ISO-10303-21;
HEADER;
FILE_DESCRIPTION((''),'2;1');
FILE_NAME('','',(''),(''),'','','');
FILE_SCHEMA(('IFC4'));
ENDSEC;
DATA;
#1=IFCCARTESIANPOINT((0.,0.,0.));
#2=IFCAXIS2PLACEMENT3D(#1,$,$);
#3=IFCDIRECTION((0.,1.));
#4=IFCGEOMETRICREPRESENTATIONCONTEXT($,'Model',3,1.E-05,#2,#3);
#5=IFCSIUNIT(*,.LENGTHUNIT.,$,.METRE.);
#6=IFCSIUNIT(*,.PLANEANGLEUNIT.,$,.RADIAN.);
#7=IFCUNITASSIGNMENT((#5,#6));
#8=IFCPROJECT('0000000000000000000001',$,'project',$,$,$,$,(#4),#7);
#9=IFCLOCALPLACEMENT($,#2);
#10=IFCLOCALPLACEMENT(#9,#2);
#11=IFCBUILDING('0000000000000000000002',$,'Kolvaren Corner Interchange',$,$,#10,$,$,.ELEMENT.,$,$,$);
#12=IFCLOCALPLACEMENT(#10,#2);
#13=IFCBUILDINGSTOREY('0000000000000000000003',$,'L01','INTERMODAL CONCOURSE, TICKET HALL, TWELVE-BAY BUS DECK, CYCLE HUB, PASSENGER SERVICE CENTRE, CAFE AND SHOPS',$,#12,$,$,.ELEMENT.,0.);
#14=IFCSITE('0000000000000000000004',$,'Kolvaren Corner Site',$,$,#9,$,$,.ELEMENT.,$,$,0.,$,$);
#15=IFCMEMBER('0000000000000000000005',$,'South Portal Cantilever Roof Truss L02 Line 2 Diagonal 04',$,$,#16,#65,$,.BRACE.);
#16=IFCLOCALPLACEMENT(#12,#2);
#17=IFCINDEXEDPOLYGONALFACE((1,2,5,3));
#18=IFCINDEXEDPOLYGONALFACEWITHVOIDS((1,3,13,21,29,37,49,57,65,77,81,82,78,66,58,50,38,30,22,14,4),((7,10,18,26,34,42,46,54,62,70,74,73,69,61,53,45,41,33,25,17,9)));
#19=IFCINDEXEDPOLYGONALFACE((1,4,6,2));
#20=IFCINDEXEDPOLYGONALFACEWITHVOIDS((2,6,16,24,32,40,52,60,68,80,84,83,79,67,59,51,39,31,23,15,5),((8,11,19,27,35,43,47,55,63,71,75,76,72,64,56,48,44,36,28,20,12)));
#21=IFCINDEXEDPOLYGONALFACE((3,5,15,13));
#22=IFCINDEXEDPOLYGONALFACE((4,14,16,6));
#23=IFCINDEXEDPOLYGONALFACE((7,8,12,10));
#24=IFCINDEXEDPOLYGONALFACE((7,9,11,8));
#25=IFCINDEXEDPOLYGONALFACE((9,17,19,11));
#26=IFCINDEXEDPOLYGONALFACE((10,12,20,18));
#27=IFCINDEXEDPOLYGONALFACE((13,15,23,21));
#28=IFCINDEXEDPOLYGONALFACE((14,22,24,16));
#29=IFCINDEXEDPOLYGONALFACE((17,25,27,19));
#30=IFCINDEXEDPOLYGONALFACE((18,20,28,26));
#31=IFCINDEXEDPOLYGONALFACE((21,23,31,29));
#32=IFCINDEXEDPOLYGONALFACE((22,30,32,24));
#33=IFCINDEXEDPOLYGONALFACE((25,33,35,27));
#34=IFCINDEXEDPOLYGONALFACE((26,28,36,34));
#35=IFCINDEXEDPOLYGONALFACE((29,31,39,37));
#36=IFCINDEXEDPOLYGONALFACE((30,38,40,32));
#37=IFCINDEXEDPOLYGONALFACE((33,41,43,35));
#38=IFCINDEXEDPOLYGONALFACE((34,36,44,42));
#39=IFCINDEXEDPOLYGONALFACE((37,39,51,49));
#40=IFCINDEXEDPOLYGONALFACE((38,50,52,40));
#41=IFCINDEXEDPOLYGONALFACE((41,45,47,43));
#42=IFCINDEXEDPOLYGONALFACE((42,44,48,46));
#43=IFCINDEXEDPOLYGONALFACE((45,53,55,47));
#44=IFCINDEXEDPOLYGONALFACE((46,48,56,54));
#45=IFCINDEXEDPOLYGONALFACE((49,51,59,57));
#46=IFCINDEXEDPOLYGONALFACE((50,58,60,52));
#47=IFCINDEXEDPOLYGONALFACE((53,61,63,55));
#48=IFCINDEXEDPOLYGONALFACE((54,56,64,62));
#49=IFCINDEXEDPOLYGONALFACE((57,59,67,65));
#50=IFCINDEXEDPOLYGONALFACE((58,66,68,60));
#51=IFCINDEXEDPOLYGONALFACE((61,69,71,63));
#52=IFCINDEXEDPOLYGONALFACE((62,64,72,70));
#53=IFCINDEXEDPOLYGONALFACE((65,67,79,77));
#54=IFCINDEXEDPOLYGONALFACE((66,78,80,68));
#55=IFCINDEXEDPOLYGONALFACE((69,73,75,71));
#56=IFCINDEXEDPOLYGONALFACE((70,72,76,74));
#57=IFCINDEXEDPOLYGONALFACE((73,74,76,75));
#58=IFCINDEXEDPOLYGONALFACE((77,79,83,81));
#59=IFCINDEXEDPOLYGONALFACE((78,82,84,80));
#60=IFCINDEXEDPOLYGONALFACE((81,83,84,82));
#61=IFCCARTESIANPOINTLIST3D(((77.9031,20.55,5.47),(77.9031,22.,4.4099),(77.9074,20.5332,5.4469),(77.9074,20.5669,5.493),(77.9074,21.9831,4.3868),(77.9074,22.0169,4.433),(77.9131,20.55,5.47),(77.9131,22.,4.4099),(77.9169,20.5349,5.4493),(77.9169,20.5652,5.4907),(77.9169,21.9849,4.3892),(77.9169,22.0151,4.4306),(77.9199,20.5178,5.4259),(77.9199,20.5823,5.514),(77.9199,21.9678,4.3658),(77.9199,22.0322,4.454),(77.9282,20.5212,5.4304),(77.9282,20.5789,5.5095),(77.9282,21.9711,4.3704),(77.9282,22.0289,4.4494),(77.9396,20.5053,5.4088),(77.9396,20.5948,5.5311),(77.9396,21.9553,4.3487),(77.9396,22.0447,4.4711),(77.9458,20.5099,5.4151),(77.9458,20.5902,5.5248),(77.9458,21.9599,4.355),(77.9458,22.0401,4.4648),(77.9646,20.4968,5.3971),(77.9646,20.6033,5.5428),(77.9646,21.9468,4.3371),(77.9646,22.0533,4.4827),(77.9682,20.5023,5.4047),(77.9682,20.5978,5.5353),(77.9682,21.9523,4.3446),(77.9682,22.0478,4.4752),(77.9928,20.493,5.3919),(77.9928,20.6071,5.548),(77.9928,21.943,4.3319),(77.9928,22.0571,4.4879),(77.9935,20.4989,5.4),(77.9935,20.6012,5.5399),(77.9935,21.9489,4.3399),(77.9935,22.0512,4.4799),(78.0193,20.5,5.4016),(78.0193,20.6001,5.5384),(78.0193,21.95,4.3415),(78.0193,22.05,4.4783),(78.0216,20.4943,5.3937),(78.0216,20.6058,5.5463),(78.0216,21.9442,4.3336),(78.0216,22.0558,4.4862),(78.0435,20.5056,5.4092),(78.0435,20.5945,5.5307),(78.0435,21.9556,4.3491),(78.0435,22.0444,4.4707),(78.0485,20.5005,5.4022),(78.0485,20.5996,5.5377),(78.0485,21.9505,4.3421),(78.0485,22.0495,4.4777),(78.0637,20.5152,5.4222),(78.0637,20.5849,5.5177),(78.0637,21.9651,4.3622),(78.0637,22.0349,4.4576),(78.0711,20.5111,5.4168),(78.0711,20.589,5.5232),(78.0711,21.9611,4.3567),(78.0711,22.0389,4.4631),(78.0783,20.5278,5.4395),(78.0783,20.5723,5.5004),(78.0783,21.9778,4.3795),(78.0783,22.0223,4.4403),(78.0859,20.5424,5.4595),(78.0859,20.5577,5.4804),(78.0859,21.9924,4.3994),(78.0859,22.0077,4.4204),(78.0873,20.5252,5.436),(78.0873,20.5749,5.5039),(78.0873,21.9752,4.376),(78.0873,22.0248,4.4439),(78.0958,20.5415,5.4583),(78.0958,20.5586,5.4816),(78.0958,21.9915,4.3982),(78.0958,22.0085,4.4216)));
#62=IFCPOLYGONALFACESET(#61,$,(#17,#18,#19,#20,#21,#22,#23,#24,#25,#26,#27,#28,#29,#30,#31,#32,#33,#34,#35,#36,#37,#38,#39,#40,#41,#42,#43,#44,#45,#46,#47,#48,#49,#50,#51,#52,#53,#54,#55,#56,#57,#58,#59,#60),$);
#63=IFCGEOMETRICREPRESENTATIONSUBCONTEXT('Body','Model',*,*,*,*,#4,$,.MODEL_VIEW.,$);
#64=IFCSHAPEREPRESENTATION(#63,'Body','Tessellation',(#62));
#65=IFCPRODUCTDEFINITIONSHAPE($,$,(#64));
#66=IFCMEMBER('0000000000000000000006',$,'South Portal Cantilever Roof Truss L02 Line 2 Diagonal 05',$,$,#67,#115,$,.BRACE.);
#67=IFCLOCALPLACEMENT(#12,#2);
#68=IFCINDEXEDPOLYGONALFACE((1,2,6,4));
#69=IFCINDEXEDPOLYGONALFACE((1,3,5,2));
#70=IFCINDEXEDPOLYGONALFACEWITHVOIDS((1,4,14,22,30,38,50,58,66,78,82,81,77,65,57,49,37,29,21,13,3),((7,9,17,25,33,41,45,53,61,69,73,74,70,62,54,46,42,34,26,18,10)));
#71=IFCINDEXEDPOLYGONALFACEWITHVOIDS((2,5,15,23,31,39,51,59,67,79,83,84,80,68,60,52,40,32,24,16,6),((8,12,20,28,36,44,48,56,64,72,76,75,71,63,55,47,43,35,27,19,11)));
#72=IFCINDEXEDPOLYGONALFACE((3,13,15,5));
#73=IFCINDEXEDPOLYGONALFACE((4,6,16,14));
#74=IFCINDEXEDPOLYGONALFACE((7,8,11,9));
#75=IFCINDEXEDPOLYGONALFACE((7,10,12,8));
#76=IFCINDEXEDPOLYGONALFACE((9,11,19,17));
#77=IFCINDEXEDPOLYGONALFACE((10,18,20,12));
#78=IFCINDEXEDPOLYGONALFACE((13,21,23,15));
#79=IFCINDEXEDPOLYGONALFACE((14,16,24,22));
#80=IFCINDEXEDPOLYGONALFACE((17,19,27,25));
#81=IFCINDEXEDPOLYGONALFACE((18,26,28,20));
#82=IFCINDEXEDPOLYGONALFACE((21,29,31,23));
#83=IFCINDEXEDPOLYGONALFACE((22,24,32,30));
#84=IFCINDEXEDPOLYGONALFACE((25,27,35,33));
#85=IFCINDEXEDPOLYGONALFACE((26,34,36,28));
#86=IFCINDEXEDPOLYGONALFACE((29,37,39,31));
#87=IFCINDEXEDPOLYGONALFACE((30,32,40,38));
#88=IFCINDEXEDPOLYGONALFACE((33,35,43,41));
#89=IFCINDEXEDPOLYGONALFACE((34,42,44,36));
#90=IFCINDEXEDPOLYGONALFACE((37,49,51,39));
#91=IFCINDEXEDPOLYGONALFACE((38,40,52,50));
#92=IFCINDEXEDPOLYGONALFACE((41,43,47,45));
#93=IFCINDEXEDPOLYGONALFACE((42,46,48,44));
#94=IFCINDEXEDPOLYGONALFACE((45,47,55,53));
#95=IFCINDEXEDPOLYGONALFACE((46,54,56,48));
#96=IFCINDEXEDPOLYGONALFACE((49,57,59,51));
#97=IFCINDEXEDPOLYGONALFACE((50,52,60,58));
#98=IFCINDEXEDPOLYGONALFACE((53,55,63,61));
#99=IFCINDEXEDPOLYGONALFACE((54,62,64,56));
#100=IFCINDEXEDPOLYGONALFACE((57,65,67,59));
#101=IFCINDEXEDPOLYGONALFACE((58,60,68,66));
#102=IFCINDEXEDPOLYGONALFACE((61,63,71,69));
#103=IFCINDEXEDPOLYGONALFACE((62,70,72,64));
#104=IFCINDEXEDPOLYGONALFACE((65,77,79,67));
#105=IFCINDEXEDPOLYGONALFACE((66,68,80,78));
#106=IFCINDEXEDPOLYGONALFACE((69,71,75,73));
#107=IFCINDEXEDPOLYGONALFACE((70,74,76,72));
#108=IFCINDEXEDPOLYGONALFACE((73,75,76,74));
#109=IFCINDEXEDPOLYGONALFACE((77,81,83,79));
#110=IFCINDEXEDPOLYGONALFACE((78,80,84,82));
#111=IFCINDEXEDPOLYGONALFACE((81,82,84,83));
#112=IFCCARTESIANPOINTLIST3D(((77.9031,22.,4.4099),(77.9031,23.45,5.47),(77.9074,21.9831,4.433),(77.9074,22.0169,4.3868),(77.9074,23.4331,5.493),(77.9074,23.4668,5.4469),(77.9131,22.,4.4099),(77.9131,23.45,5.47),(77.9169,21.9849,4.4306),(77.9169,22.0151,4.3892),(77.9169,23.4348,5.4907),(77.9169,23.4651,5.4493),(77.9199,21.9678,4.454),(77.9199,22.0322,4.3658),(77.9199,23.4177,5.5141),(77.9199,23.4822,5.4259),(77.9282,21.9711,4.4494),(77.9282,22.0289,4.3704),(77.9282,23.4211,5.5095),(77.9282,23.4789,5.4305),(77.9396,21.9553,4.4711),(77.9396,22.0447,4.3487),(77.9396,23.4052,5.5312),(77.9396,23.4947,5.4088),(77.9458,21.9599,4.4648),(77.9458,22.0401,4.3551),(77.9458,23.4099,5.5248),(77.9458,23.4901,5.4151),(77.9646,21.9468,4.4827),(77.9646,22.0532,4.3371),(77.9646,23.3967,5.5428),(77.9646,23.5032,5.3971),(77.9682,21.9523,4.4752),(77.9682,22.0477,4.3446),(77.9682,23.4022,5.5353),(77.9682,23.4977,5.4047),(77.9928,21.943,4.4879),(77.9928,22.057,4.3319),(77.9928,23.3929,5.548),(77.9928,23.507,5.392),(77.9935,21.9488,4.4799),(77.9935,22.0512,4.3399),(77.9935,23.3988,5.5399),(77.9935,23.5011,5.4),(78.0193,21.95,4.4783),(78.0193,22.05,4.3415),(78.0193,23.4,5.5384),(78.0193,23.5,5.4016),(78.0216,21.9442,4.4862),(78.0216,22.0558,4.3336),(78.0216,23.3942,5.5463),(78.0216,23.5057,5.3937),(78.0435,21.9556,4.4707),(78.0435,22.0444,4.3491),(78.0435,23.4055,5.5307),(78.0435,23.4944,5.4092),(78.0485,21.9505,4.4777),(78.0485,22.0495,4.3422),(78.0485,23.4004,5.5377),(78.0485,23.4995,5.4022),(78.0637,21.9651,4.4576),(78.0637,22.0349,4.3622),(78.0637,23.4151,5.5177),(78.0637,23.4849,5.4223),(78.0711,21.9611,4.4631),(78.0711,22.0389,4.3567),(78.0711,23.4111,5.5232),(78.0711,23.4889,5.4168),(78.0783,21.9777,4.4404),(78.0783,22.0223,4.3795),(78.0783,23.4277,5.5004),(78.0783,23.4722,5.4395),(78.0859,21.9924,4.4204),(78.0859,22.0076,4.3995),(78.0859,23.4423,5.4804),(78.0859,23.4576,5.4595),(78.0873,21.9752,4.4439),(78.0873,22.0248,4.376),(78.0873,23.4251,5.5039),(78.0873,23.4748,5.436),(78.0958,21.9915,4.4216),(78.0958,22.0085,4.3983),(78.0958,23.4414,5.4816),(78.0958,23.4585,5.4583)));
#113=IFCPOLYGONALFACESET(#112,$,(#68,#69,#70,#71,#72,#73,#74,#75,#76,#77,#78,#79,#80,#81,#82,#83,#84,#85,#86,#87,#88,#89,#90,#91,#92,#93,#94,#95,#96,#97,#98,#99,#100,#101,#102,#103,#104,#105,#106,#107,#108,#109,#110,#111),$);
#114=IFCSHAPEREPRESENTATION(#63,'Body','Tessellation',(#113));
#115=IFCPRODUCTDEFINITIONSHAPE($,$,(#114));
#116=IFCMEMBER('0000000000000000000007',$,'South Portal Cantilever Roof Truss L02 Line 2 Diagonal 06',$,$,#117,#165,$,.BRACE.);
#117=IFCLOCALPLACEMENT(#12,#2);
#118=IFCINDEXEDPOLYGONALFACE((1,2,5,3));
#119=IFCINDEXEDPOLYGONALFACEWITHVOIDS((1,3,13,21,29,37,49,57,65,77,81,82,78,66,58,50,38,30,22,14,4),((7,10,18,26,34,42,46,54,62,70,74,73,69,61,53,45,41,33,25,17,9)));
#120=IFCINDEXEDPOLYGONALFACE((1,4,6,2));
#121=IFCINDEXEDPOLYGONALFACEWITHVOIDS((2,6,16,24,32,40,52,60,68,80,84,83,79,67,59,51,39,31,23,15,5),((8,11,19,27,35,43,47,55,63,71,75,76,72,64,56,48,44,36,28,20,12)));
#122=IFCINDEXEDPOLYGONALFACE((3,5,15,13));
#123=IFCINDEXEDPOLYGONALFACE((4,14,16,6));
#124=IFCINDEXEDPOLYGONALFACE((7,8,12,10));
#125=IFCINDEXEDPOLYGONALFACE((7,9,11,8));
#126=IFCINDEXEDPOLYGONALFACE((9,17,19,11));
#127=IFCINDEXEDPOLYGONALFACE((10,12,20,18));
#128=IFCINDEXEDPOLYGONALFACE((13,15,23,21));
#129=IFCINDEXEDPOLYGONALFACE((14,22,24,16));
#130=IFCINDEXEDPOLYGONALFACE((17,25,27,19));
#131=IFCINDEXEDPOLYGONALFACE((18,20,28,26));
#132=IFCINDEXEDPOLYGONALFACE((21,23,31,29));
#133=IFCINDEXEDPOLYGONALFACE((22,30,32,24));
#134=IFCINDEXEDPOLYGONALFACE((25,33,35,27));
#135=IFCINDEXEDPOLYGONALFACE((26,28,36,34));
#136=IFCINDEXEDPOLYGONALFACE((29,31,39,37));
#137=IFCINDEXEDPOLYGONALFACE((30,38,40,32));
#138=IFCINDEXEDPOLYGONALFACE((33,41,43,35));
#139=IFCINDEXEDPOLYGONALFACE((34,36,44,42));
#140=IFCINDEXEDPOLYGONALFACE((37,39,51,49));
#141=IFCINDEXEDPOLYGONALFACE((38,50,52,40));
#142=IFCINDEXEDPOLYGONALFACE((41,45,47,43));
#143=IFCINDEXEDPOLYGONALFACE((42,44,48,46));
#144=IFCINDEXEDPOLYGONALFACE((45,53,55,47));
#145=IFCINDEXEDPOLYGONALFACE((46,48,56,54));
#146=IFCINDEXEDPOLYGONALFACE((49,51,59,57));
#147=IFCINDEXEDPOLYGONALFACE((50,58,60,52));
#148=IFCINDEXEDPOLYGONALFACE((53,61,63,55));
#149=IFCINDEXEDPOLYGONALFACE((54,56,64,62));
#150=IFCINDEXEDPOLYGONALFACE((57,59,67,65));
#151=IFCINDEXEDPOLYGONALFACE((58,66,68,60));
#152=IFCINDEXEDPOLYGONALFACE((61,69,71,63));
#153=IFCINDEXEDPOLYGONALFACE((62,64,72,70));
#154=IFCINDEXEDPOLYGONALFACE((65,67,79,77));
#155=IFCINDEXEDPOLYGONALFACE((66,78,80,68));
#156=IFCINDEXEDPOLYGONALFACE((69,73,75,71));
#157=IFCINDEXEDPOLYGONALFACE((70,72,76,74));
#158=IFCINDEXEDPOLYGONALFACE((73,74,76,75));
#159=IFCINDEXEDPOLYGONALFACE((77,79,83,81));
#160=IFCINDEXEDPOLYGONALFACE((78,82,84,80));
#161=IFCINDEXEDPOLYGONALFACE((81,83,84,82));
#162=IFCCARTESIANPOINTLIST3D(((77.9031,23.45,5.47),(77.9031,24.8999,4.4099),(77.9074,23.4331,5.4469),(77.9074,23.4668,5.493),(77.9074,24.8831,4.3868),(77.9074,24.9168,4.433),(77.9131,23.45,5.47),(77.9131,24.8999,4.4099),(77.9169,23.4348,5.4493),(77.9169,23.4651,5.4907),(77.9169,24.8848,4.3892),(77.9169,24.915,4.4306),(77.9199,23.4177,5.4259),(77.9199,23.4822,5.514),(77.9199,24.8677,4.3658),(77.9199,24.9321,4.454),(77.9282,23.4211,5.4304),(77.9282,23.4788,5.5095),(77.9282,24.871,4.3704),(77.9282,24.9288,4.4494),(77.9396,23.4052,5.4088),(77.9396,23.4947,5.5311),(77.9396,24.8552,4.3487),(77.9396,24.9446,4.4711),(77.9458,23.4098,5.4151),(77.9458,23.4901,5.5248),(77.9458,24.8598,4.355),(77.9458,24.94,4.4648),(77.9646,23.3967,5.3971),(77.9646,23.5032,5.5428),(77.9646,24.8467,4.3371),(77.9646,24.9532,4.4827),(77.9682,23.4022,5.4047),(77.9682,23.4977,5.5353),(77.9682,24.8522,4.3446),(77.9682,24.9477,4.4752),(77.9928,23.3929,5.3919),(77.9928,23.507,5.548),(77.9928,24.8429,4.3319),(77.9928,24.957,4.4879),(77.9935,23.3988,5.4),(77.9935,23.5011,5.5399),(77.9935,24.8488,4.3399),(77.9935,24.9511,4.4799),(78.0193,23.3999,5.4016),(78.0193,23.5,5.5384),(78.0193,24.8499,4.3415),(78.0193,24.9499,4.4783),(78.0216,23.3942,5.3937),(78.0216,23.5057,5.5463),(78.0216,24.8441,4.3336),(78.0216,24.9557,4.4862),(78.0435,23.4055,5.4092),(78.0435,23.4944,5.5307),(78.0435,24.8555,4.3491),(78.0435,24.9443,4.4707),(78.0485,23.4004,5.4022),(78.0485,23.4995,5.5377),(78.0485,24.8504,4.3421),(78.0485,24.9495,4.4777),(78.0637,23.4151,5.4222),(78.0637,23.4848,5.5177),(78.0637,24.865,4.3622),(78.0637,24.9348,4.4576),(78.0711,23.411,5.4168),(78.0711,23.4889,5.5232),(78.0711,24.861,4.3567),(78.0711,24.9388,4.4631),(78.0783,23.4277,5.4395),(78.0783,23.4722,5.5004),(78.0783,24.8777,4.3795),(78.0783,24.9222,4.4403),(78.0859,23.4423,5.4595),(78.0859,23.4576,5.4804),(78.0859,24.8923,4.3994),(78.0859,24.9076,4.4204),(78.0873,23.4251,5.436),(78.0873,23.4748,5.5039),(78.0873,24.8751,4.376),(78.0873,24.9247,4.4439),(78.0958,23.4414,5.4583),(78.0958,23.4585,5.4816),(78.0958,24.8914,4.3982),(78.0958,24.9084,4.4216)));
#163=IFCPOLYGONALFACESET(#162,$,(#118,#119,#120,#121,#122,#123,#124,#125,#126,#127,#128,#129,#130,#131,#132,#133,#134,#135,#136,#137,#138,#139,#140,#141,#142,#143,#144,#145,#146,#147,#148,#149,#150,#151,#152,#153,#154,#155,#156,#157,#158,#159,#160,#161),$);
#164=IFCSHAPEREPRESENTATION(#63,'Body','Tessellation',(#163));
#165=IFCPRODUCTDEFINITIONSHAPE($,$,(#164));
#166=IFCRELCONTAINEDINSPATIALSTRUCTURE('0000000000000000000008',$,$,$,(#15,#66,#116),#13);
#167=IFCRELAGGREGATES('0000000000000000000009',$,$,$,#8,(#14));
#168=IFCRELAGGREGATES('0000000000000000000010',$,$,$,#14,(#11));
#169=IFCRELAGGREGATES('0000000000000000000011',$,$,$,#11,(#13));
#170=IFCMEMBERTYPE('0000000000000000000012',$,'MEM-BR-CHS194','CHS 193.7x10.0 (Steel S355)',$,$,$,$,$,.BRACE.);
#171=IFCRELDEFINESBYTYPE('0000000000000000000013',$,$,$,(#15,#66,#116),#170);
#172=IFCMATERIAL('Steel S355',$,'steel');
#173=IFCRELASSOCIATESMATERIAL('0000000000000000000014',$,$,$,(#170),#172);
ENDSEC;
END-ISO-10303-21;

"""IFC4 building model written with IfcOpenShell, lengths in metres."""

from ifc_helpers import new_model, si_unit, direction, frame, origin, origin_2d, place, context, subcontext, project, spatial, hollow_circle, extrude, material, material_profile, profile_set, type_object, element, save


model = new_model("IFC4")

# Units and contexts
model_context = context("Model", 3, precision=1e-05, world=origin(), true_north=direction((0.0, 1.0)))
body_context = subcontext(model_context, "Body", "Model", "MODEL_VIEW")
ifc_project = project(units=[si_unit("LENGTHUNIT", "METRE"), si_unit("PLANEANGLEUNIT", "RADIAN")], contexts=[model_context])

# Site, building, storey
site_placement = place(None, origin())
site = spatial("IfcSite", under=ifc_project, at=site_placement, Name="Kolvaren Corner Site", CompositionType="ELEMENT", RefElevation=0.0)
building_placement = place(site_placement, origin())
building = spatial("IfcBuilding", under=site, at=building_placement, Name="Kolvaren Corner Interchange", CompositionType="ELEMENT")
storey_placement = place(building_placement, origin())
storey = spatial("IfcBuildingStorey", under=building, at=storey_placement, Name="L01", Description="INTERMODAL CONCOURSE, TICKET HALL, TWELVE-BAY BUS DECK, CYCLE HUB, PASSENGER SERVICE CENTRE, CAFE AND SHOPS", CompositionType="ELEMENT", Elevation=0.0)

# Members
ifc_material_1 = material(Name="Steel S355", Category="steel")
ifc_material_profile_1 = material_profile(ifc_material_1, hollow_circle(Radius=0.0969, WallThickness=0.01, at=origin_2d()), Name="CHS 193.7x10.0")
ifc_profile_set_1 = profile_set([ifc_material_profile_1], Name="Steel S355")
member_type_1 = type_object("IfcMemberType", Name="MEM-BR-CHS194", Description="CHS 193.7x10.0 (Steel S355)", PredefinedType="BRACE", material=ifc_profile_set_1)
for number, where, z_axis, x_axis, name in (
    (1, (78.0, 20.55, 5.47), (0.0, 0.807264, -0.59019), (-1.0, 0.0, 0.0), "South Portal Cantilever Roof Truss L02 Line 2 Diagonal 04"),
    (2, (78.0, 22.0, 4.4099), (0.0, 0.807264, 0.59019), (-1.0, 0.0, 0.0), "South Portal Cantilever Roof Truss L02 Line 2 Diagonal 05"),
    (3, (78.0, 23.45, 5.47), (0.0, 0.807264, -0.59019), (-1.0, 0.0, 0.0), "South Portal Cantilever Roof Truss L02 Line 2 Diagonal 06"),
):
    element("IfcMember", number, at=place(storey_placement, frame(where, z_axis=z_axis, x_axis=x_axis)), inside=storey, type_object=member_type_1, Name=name, PredefinedType="BRACE", context=body_context, shape_type="SweptSolid", body=[
        extrude(hollow_circle(Radius=0.0969, WallThickness=0.01, at=origin_2d()), origin(), (0.0, 0.0, 1.0), 1.7961),
    ])

save(model, "model.ifc")
